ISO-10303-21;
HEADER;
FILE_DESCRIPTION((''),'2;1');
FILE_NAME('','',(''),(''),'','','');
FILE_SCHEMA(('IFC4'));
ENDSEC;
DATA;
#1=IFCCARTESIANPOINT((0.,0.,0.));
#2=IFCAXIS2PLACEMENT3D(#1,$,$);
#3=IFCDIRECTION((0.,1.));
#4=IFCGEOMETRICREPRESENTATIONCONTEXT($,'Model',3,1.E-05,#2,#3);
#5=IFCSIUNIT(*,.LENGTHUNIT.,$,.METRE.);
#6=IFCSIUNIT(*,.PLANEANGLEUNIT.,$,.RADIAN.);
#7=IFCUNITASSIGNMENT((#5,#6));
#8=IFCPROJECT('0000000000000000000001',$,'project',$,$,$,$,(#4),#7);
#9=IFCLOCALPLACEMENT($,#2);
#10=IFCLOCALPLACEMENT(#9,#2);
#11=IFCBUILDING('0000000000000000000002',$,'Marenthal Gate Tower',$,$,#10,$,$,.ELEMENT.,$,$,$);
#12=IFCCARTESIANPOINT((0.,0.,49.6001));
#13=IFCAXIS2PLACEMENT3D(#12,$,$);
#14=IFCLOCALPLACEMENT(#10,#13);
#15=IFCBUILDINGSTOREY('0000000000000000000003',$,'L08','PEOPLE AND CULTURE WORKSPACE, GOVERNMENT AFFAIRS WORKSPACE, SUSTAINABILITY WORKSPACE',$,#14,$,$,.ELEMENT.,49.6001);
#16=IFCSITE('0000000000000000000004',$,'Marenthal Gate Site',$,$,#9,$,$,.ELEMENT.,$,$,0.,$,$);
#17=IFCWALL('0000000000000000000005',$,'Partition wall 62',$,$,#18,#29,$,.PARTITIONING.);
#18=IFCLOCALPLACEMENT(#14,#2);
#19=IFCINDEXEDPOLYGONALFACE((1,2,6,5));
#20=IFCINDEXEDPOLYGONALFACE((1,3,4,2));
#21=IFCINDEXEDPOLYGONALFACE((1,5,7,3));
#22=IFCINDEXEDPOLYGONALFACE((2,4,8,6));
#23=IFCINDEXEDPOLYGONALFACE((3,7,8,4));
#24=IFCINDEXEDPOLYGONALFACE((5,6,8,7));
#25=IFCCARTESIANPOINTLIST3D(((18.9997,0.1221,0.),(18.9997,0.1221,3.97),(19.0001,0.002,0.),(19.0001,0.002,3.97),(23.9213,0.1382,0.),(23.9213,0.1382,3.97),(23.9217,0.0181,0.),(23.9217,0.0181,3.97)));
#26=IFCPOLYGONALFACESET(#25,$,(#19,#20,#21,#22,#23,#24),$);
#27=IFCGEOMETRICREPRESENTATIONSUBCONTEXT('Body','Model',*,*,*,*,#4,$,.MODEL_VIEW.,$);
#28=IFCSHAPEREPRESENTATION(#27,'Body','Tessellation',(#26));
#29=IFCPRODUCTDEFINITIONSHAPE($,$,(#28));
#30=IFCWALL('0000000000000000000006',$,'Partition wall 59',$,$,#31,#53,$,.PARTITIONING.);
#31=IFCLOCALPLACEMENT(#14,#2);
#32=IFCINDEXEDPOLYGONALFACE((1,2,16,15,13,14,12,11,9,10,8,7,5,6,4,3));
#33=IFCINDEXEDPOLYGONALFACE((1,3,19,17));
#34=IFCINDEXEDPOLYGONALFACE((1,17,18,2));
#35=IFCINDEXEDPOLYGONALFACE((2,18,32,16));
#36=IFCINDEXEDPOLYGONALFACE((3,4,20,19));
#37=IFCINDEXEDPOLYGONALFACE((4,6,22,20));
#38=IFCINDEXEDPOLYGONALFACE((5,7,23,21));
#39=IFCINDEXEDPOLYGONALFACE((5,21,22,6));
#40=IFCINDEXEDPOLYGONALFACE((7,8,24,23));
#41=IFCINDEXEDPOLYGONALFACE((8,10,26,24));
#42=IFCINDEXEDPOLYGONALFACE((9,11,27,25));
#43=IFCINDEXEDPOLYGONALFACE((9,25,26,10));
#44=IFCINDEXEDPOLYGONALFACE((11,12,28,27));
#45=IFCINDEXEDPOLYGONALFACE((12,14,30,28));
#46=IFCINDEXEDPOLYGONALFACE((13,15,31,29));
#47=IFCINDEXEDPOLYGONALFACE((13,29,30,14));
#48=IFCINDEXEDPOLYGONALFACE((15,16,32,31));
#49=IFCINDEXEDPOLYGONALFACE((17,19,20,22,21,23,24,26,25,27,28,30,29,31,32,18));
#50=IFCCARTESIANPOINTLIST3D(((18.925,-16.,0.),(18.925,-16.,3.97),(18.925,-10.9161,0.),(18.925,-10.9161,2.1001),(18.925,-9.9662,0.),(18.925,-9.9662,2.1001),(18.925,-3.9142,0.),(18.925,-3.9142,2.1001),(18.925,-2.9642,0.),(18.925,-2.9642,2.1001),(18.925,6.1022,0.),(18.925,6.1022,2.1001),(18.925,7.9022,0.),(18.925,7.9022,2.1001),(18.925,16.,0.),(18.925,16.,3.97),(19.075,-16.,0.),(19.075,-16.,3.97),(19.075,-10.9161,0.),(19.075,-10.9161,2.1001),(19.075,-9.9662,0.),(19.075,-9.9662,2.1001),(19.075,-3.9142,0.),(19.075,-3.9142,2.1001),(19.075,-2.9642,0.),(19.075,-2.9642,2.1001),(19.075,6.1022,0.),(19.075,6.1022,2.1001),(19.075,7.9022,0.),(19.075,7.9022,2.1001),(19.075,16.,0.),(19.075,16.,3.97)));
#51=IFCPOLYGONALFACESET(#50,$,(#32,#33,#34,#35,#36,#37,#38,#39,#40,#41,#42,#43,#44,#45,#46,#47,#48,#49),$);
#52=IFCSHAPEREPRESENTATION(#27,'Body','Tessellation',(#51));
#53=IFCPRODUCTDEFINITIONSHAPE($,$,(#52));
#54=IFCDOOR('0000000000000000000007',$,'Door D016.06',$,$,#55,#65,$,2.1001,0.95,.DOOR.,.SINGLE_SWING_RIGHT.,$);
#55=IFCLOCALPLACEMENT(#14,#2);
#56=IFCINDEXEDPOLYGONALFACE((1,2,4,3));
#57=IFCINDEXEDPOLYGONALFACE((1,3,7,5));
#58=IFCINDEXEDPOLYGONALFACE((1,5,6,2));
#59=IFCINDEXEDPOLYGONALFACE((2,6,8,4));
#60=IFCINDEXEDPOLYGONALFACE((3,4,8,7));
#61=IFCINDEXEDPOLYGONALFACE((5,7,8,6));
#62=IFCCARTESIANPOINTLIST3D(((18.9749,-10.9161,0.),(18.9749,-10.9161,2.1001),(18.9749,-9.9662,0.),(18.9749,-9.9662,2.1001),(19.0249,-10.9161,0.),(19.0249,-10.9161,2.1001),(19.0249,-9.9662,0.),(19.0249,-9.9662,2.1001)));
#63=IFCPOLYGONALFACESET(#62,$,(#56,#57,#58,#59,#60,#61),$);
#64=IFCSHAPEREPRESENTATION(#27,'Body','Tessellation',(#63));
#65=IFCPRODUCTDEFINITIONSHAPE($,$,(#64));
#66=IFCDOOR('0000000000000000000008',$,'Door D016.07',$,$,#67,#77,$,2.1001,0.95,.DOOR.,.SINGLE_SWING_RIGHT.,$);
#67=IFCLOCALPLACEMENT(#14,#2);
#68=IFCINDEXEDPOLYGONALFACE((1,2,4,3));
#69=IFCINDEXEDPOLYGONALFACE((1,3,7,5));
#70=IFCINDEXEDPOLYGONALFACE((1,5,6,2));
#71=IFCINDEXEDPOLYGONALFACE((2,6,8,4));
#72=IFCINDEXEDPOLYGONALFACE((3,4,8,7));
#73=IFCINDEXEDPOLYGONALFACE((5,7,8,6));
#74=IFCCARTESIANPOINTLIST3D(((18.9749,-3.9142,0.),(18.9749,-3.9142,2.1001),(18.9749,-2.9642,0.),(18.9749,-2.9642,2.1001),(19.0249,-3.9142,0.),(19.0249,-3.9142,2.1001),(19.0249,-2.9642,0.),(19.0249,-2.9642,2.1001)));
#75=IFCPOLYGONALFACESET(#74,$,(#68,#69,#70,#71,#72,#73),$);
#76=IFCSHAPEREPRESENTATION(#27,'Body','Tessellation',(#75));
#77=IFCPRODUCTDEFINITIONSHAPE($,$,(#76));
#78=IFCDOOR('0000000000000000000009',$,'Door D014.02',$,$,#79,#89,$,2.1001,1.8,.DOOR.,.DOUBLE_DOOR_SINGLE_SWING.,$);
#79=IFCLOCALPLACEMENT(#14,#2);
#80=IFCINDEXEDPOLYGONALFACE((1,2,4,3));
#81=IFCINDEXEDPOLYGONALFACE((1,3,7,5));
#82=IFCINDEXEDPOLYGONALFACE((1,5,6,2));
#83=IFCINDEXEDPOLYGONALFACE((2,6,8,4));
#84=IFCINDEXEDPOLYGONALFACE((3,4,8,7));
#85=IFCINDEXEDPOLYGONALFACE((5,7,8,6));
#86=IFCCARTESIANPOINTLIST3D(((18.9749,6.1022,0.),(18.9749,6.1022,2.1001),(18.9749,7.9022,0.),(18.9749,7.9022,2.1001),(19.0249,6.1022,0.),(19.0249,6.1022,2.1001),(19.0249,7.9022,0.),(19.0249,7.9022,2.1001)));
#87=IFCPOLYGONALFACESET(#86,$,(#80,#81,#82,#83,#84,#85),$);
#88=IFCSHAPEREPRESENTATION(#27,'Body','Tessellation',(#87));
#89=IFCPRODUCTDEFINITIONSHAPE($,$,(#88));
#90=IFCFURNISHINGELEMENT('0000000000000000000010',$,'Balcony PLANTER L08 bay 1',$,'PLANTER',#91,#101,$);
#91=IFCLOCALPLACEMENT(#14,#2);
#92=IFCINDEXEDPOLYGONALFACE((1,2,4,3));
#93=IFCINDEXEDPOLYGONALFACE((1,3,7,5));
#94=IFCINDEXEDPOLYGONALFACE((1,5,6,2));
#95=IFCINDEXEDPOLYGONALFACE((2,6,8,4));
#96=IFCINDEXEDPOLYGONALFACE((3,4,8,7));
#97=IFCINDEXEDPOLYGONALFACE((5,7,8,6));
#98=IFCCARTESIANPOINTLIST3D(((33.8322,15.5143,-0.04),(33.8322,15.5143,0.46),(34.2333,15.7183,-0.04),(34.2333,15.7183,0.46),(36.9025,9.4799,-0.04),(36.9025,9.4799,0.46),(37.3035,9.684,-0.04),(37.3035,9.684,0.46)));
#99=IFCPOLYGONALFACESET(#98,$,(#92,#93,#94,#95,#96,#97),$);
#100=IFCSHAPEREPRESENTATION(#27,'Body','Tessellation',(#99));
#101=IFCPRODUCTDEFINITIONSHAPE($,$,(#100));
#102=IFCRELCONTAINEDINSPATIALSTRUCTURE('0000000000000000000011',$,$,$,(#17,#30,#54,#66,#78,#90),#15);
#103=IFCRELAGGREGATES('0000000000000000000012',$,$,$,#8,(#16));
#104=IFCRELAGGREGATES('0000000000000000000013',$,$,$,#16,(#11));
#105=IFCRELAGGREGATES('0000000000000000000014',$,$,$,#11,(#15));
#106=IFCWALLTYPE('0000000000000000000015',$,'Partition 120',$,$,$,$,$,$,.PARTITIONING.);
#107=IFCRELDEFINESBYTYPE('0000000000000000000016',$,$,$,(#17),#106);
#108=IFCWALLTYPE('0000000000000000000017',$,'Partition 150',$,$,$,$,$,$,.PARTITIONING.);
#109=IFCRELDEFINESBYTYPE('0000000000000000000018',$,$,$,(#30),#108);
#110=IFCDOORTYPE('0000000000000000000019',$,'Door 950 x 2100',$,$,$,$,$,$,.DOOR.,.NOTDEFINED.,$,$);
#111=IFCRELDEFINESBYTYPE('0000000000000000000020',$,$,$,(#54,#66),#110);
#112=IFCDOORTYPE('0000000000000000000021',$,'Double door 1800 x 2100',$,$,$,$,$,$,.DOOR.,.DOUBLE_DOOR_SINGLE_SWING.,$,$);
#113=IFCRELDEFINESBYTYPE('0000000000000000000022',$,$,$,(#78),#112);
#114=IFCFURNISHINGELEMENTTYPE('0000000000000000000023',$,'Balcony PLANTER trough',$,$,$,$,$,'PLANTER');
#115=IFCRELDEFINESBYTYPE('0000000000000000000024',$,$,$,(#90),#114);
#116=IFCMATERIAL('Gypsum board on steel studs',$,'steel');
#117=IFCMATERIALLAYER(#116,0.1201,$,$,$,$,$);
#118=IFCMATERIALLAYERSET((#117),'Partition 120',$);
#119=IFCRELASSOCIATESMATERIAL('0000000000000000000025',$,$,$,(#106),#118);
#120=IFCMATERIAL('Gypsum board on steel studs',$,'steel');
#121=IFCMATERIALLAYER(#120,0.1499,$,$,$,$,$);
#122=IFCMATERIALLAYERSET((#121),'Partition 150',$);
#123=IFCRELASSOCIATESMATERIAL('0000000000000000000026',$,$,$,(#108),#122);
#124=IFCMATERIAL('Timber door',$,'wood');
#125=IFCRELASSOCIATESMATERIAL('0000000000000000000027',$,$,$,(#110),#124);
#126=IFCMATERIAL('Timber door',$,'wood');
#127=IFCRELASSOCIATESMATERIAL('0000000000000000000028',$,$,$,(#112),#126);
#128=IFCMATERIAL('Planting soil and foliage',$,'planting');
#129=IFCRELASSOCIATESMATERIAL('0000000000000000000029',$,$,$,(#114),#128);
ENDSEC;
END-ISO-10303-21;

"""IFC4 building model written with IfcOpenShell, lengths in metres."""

from ifc_helpers import new_model, si_unit, direction, frame, frame_2d, origin, origin_2d, place, context, subcontext, project, spatial, rectangle, extrude, material, layer, layer_set, type_object, element, fill, save


model = new_model("IFC4")

# Units and contexts
model_context = context("Model", 3, precision=1e-05, world=origin(), true_north=direction((0.0, 1.0)))
body_context = subcontext(model_context, "Body", "Model", "MODEL_VIEW")
ifc_project = project(units=[si_unit("LENGTHUNIT", "METRE"), si_unit("PLANEANGLEUNIT", "RADIAN")], contexts=[model_context])

# Site, building, storey
site_placement = place(None, origin())
site = spatial("IfcSite", under=ifc_project, at=site_placement, Name="Marenthal Gate Site", CompositionType="ELEMENT", RefElevation=0.0)
building_placement = place(site_placement, origin())
building = spatial("IfcBuilding", under=site, at=building_placement, Name="Marenthal Gate Tower", CompositionType="ELEMENT")
storey_placement = place(building_placement, frame((0.0, 0.0, 49.6001)))
storey = spatial("IfcBuildingStorey", under=building, at=storey_placement, Name="L08", Description="PEOPLE AND CULTURE WORKSPACE, GOVERNMENT AFFAIRS WORKSPACE, SUSTAINABILITY WORKSPACE", CompositionType="ELEMENT", Elevation=49.6001)

# Wall
ifc_material_1 = material(Name="Gypsum board on steel studs", Category="steel")
ifc_layer_1 = layer(ifc_material_1, 0.1201)
ifc_layer_set_1 = layer_set([ifc_layer_1], Name="Partition 120")
wall_type_1 = type_object("IfcWallType", Name="Partition 120", PredefinedType="PARTITIONING", material=ifc_layer_set_1)
wall_1_placement = place(storey_placement, frame((23.9216, 0.0781, 0.0), z_axis=(0.0, 0.0, 1.0), x_axis=(-0.999995, -0.003274, 0.0)))
element("IfcWall", 1, at=wall_1_placement, inside=storey, type_object=wall_type_1, Name="Partition wall 62", PredefinedType="PARTITIONING", context=body_context, shape_type="SweptSolid", body=[
    extrude(rectangle(XDim=4.9216, YDim=0.1201, at=frame_2d((2.4609, 0.0))), origin(), (0.0, 0.0, 1.0), 3.97),
])

# Wall, openings, doors
ifc_material_2 = material(Name="Gypsum board on steel studs", Category="steel")
ifc_layer_2 = layer(ifc_material_2, 0.1499)
ifc_layer_set_2 = layer_set([ifc_layer_2], Name="Partition 150")
wall_type_2 = type_object("IfcWallType", Name="Partition 150", PredefinedType="PARTITIONING", material=ifc_layer_set_2)
wall_2_placement = place(storey_placement, frame((19.0, 16.0, 0.0), z_axis=(0.0, 0.0, 1.0), x_axis=(0.0, -1.0, 0.0)))
wall_2 = element("IfcWall", 2, at=wall_2_placement, inside=storey, type_object=wall_type_2, Name="Partition wall 59", PredefinedType="PARTITIONING", context=body_context, shape_type="SweptSolid", body=[
    extrude(rectangle(XDim=32.0, YDim=0.1499, at=frame_2d((16.0, 0.0))), origin(), (0.0, 0.0, 1.0), 3.97),
])
opening_1_placement = place(wall_2_placement, frame((25.9661, 0.0, 0.0)))
opening_1 = element("IfcOpeningElement", 3, at=opening_1_placement, cuts=wall_2, PredefinedType="OPENING", context=body_context, shape_type="SweptSolid", body=[
    extrude(rectangle(XDim=0.95, YDim=2.1001, at=frame_2d((0.4751, 1.05))), frame((0.0, 0.085, 0.0), z_axis=(0.0, -1.0, 0.0), x_axis=(1.0, 0.0, 0.0)), (0.0, 0.0, 1.0), 0.1699),
])
opening_2_placement = place(wall_2_placement, frame((18.9641, 0.0, 0.0)))
opening_2 = element("IfcOpeningElement", 4, at=opening_2_placement, cuts=wall_2, PredefinedType="OPENING", context=body_context, shape_type="SweptSolid", body=[
    extrude(rectangle(XDim=0.95, YDim=2.1001, at=frame_2d((0.4751, 1.05))), frame((0.0, 0.085, 0.0), z_axis=(0.0, -1.0, 0.0), x_axis=(1.0, 0.0, 0.0)), (0.0, 0.0, 1.0), 0.1699),
])
opening_3_placement = place(wall_2_placement, frame((8.0979, 0.0, 0.0)))
opening_3 = element("IfcOpeningElement", 5, at=opening_3_placement, cuts=wall_2, PredefinedType="OPENING", context=body_context, shape_type="SweptSolid", body=[
    extrude(rectangle(XDim=1.8, YDim=2.1001, at=frame_2d((0.8999, 1.05))), frame((0.0, 0.085, 0.0), z_axis=(0.0, -1.0, 0.0), x_axis=(1.0, 0.0, 0.0)), (0.0, 0.0, 1.0), 0.1699),
])
ifc_material_3 = material(Name="Timber door", Category="wood")
door_type_1 = type_object("IfcDoorType", Name="Door 950 x 2100", OperationType="NOTDEFINED", PredefinedType="DOOR", material=ifc_material_3)
door_1_placement = place(opening_1_placement, origin())
door_1 = element("IfcDoor", 6, at=door_1_placement, inside=storey, type_object=door_type_1, Name="Door D016.06", OperationType="SINGLE_SWING_RIGHT", OverallHeight=2.1001, OverallWidth=0.95, PredefinedType="DOOR", context=body_context, shape_type="SweptSolid", body=[
    extrude(rectangle(XDim=0.95, YDim=2.1001, at=frame_2d((0.4751, 1.05))), frame((0.0, 0.0249, 0.0), z_axis=(0.0, -1.0, 0.0), x_axis=(1.0, 0.0, 0.0)), (0.0, 0.0, 1.0), 0.05),
])
fill(opening_1, door_1)
door_2_placement = place(opening_2_placement, origin())
door_2 = element("IfcDoor", 7, at=door_2_placement, inside=storey, type_object=door_type_1, Name="Door D016.07", OperationType="SINGLE_SWING_RIGHT", OverallHeight=2.1001, OverallWidth=0.95, PredefinedType="DOOR", context=body_context, shape_type="SweptSolid", body=[
    extrude(rectangle(XDim=0.95, YDim=2.1001, at=frame_2d((0.4751, 1.05))), frame((0.0, 0.0249, 0.0), z_axis=(0.0, -1.0, 0.0), x_axis=(1.0, 0.0, 0.0)), (0.0, 0.0, 1.0), 0.05),
])
fill(opening_2, door_2)
ifc_material_4 = material(Name="Timber door", Category="wood")
door_type_2 = type_object("IfcDoorType", Name="Double door 1800 x 2100", OperationType="DOUBLE_DOOR_SINGLE_SWING", PredefinedType="DOOR", material=ifc_material_4)
door_3_placement = place(opening_3_placement, origin())
door_3 = element("IfcDoor", 8, at=door_3_placement, inside=storey, type_object=door_type_2, Name="Door D014.02", OperationType="DOUBLE_DOOR_SINGLE_SWING", OverallHeight=2.1001, OverallWidth=1.8, PredefinedType="DOOR", context=body_context, shape_type="SweptSolid", body=[
    extrude(rectangle(XDim=1.8, YDim=2.1001, at=frame_2d((0.8999, 1.05))), frame((0.0, 0.0249, 0.0), z_axis=(0.0, -1.0, 0.0), x_axis=(1.0, 0.0, 0.0)), (0.0, 0.0, 1.0), 0.05),
])
fill(opening_3, door_3)

# Furnishing element
ifc_material_5 = material(Name="Planting soil and foliage", Category="planting")
furnishing_element_type = type_object("IfcFurnishingElementType", Name="Balcony PLANTER trough", ElementType="PLANTER", material=ifc_material_5)
furnishing_placement = place(storey_placement, frame((35.5679, 12.5991, -0.04), z_axis=(0.0, 0.0, 1.0), x_axis=(-0.453476, 0.891269, 0.0)))
element("IfcFurnishingElement", 9, at=furnishing_placement, inside=storey, type_object=furnishing_element_type, Name="Balcony PLANTER L08 bay 1", ObjectType="PLANTER", context=body_context, shape_type="SweptSolid", body=[
    extrude(rectangle(XDim=6.7705, YDim=0.45, at=origin_2d()), origin(), (0.0, 0.0, 1.0), 0.5),
])

save(model, "model.ifc")
